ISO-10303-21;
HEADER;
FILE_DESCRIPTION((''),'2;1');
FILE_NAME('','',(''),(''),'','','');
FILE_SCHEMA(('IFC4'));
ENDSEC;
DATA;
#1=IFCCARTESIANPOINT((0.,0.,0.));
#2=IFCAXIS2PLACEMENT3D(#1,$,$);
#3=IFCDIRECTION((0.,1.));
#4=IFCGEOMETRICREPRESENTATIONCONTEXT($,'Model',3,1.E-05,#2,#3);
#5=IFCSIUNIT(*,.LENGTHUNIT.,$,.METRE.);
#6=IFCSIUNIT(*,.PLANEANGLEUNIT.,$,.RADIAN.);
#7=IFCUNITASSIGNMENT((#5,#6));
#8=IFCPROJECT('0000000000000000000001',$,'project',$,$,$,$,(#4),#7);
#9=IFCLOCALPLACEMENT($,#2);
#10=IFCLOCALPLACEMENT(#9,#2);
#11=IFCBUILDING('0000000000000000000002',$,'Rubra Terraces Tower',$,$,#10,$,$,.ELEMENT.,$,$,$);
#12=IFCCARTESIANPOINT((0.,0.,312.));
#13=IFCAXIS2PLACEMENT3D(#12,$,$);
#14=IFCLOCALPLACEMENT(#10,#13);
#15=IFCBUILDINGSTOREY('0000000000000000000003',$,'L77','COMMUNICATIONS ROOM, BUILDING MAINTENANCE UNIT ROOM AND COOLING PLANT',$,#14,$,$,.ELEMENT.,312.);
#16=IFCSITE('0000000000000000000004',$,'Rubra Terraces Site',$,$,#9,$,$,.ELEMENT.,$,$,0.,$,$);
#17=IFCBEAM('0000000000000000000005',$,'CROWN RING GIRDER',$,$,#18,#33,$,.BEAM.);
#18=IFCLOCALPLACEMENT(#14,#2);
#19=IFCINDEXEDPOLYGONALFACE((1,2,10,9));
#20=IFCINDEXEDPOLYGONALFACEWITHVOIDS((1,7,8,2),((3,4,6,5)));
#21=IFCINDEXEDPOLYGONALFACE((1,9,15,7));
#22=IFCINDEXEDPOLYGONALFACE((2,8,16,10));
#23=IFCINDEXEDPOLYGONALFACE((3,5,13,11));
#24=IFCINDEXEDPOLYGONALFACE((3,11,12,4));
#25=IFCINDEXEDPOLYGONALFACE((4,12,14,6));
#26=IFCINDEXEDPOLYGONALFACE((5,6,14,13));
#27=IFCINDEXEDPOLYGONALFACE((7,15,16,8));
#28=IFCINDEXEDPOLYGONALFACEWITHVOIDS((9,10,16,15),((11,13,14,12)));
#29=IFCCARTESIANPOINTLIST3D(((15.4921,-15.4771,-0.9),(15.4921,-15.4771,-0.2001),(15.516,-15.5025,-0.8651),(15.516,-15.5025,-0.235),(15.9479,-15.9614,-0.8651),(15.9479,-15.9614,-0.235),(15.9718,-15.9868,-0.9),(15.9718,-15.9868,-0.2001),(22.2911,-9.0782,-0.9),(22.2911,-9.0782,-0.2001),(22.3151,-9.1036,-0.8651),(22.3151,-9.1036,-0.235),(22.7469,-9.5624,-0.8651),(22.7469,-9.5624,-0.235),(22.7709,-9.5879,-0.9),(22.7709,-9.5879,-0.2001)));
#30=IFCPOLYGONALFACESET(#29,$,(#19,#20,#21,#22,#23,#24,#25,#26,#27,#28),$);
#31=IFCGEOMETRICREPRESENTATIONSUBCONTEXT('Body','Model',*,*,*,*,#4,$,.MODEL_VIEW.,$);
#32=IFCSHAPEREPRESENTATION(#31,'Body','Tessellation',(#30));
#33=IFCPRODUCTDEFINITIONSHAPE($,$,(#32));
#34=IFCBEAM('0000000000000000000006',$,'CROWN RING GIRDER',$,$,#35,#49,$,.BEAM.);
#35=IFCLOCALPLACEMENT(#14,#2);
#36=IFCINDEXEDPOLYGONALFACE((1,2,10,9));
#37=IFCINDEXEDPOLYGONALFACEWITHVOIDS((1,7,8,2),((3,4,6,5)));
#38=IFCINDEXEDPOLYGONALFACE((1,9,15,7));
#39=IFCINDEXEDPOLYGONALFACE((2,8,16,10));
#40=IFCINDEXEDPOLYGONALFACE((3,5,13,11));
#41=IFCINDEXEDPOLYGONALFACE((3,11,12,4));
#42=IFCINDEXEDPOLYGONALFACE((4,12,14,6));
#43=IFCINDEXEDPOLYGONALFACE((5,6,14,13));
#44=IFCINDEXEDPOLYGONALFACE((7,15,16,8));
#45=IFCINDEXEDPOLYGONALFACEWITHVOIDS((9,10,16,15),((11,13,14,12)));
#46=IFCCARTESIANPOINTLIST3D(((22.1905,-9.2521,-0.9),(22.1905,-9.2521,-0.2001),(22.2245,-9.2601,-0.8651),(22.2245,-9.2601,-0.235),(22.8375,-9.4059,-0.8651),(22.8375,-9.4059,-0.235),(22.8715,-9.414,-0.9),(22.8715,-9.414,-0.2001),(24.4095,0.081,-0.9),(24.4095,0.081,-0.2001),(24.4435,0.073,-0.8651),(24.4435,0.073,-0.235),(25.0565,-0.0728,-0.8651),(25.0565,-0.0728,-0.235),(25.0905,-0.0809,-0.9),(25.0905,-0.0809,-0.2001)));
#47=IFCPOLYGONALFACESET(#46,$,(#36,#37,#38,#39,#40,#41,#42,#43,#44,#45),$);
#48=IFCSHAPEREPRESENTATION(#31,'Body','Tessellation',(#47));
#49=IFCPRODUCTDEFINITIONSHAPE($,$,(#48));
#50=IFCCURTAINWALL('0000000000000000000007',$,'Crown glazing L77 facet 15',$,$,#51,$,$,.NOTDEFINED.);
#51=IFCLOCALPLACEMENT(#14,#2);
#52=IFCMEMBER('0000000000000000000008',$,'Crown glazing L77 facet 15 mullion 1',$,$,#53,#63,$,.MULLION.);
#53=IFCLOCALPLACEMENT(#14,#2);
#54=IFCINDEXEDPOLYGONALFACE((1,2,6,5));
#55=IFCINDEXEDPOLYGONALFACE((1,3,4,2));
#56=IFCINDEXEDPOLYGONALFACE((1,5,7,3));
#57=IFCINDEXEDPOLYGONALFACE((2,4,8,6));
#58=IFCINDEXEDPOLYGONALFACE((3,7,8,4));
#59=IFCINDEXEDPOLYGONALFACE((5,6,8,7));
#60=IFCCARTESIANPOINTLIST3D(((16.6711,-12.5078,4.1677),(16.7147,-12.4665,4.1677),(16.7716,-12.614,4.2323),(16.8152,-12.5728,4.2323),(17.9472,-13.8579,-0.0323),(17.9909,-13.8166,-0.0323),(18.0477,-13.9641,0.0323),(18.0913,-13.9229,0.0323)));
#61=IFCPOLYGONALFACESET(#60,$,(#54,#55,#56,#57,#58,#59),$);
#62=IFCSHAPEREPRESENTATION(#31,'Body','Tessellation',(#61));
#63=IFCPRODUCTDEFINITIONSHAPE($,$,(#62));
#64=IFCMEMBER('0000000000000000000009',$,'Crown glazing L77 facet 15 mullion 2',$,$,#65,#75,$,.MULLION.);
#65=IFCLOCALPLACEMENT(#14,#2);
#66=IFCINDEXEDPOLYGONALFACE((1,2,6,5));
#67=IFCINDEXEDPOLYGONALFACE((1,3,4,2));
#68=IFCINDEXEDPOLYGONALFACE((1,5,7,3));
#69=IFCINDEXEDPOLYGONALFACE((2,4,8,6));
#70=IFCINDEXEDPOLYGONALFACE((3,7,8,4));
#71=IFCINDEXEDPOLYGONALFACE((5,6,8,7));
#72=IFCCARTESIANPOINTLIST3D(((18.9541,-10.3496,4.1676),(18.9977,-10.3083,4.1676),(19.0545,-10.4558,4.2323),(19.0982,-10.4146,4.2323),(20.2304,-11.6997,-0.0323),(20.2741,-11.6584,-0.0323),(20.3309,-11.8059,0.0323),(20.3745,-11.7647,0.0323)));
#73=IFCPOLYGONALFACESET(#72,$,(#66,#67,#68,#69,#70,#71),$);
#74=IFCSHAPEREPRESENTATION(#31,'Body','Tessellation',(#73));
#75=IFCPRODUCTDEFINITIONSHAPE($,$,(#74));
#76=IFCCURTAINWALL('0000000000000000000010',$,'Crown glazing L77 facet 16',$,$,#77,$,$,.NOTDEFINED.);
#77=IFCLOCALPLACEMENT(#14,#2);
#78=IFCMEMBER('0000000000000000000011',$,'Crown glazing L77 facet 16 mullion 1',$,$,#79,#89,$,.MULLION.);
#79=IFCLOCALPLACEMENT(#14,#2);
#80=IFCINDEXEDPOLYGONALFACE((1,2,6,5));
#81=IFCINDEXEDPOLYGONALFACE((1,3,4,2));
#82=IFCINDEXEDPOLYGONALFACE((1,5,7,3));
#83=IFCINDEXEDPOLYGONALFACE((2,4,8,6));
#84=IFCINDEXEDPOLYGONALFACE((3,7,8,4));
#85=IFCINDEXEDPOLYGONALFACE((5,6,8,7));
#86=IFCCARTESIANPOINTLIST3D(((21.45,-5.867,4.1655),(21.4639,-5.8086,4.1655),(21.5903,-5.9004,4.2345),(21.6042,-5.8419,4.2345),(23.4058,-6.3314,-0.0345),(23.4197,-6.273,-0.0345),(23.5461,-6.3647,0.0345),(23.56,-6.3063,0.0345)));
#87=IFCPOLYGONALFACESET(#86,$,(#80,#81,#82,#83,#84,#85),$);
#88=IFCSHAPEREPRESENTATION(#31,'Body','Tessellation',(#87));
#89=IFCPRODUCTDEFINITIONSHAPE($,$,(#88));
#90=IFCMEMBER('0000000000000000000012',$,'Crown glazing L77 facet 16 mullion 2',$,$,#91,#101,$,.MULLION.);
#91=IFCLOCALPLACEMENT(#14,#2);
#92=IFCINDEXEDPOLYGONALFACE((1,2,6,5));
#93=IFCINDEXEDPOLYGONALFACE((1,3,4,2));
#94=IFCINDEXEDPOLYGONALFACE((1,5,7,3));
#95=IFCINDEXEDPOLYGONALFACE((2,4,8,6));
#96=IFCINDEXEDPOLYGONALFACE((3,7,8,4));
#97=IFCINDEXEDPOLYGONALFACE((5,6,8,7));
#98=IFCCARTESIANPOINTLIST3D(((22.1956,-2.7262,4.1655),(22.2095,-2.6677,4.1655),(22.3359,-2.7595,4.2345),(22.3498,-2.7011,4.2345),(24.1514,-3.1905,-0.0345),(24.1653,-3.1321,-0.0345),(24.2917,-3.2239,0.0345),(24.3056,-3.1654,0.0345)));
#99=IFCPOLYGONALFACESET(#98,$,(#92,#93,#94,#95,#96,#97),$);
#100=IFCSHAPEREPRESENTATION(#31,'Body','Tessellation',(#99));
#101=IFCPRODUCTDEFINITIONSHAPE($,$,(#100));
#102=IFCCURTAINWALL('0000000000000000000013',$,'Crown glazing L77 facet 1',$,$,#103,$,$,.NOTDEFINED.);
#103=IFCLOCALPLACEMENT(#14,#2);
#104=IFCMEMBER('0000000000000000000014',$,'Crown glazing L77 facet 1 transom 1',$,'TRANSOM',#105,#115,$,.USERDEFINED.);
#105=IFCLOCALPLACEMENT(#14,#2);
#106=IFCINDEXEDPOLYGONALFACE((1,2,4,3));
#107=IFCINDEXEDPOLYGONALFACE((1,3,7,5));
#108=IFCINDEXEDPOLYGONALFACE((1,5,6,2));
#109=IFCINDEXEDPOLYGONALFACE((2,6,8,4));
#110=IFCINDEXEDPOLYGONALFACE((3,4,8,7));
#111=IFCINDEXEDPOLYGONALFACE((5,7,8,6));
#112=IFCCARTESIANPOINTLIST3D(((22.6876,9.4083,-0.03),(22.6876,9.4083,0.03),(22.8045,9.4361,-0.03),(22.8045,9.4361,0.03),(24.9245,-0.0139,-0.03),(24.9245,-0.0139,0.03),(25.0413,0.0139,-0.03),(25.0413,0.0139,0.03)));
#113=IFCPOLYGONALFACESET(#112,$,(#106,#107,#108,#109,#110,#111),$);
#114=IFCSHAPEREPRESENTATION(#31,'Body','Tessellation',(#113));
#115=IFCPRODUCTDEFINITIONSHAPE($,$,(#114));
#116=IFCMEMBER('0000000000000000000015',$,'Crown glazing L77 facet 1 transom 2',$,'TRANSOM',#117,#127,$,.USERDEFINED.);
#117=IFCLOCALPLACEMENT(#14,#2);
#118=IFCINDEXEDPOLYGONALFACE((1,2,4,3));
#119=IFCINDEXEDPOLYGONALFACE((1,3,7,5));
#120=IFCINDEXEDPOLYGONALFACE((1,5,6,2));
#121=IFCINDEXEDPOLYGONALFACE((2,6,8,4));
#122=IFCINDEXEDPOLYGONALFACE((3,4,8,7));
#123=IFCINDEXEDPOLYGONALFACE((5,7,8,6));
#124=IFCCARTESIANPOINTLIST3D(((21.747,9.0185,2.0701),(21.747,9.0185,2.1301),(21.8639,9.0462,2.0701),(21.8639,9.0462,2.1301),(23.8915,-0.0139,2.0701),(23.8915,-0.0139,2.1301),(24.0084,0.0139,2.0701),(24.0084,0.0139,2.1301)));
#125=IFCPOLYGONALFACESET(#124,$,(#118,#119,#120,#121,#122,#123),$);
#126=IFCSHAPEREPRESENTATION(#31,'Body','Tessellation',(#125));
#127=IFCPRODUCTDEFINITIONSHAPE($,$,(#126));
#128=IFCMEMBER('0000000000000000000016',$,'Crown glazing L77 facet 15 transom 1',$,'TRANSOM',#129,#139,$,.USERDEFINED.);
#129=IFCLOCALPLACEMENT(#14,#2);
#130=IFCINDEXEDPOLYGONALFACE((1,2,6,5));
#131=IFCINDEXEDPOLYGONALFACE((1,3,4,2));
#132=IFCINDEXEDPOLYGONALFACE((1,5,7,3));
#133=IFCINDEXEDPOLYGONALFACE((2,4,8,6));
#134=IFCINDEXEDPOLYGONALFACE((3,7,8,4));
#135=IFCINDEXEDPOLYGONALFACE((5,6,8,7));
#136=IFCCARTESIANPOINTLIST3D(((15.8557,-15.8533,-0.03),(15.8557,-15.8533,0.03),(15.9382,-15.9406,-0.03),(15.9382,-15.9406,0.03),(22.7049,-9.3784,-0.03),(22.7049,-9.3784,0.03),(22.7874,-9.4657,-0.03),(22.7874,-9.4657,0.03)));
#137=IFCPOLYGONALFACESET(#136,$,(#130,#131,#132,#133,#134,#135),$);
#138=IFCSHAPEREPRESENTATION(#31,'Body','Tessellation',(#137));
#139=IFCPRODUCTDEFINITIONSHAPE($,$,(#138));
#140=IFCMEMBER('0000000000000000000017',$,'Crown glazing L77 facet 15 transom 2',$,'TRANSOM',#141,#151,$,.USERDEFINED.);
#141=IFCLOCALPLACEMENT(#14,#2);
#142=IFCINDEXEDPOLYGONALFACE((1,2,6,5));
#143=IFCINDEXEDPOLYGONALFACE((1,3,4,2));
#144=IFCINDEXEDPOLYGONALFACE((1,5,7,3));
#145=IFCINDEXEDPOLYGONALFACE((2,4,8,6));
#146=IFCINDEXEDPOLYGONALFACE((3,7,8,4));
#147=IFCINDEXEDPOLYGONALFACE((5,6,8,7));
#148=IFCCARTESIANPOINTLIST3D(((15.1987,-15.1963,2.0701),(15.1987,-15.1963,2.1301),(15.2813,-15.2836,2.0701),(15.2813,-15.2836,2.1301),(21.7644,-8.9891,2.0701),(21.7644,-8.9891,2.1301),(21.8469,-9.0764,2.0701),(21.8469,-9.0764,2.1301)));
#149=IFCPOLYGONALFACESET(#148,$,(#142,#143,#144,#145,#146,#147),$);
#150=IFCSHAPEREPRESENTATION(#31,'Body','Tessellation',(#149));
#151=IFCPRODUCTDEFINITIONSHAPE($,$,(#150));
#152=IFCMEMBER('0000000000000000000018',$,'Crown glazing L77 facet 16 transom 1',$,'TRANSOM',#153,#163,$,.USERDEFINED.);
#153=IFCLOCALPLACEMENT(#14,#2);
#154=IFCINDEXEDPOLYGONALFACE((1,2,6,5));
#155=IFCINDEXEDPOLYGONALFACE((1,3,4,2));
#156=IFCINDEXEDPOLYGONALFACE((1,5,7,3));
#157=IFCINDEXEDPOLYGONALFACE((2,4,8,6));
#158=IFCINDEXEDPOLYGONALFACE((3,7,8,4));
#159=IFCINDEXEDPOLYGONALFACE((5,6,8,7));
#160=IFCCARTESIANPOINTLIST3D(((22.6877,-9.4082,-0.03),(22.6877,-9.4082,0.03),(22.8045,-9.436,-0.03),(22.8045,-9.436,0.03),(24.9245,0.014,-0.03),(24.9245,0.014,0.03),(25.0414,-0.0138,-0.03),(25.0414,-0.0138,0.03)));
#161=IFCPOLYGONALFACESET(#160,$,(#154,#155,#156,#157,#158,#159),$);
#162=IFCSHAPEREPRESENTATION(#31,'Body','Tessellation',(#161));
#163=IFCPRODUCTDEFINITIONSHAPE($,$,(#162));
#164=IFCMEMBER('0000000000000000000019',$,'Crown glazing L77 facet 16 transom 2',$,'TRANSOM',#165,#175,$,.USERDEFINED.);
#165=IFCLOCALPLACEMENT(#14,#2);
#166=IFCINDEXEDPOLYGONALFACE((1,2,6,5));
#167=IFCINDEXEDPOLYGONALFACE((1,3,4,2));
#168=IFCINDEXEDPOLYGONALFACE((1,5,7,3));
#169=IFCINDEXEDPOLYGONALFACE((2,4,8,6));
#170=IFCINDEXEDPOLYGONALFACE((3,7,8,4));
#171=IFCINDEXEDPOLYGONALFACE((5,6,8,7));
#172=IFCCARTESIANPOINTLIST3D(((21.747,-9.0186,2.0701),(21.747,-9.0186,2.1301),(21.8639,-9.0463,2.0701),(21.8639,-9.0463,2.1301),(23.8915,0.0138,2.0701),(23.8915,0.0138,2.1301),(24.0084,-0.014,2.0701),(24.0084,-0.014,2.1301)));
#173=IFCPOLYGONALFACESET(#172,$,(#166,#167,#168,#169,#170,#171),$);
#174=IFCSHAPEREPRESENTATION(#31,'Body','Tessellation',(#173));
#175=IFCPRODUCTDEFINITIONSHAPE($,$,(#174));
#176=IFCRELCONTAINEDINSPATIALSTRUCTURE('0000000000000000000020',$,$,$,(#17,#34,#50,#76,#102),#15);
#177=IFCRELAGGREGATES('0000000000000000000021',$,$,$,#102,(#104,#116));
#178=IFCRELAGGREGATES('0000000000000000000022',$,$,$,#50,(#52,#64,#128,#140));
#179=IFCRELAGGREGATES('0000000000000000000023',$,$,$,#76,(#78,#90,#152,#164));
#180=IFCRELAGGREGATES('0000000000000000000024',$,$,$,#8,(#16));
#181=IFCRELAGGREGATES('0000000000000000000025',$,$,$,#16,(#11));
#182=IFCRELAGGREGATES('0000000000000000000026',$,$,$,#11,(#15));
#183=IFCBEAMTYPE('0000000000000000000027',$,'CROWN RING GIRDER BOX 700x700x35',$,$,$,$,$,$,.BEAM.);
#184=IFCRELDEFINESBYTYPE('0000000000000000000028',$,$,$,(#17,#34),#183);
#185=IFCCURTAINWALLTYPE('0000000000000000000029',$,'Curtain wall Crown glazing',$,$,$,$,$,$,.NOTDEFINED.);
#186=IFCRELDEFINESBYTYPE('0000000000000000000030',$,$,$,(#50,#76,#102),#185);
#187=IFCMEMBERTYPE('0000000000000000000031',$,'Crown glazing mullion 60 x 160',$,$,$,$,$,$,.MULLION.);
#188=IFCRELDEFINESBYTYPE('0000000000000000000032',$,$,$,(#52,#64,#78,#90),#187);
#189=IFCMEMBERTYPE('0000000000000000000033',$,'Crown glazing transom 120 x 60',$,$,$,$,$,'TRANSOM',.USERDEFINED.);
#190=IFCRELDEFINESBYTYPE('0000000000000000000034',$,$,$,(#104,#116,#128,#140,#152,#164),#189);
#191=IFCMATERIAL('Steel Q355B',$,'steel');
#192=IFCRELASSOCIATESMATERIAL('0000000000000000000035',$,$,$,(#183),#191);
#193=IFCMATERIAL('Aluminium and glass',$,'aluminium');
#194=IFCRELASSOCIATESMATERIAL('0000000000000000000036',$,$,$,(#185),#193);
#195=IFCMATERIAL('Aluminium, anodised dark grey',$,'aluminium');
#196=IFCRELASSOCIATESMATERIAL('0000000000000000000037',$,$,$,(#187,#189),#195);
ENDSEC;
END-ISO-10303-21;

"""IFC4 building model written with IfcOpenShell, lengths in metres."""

from ifc_helpers import new_model, si_unit, direction, frame, origin, origin_2d, place, context, subcontext, project, spatial, rectangle, hollow_rectangle, extrude, material, material_profile, profile_set, type_object, element, aggregate, save


model = new_model("IFC4")

# Units and contexts
model_context = context("Model", 3, precision=1e-05, world=origin(), true_north=direction((0.0, 1.0)))
body_context = subcontext(model_context, "Body", "Model", "MODEL_VIEW")
ifc_project = project(units=[si_unit("LENGTHUNIT", "METRE"), si_unit("PLANEANGLEUNIT", "RADIAN")], contexts=[model_context])

# Site, building, storey
site_placement = place(None, origin())
site = spatial("IfcSite", under=ifc_project, at=site_placement, Name="Rubra Terraces Site", CompositionType="ELEMENT", RefElevation=0.0)
building_placement = place(site_placement, origin())
building = spatial("IfcBuilding", under=site, at=building_placement, Name="Rubra Terraces Tower", CompositionType="ELEMENT")
storey_placement = place(building_placement, frame((0.0, 0.0, 312.0)))
storey = spatial("IfcBuildingStorey", under=building, at=storey_placement, Name="L77", Description="COMMUNICATIONS ROOM, BUILDING MAINTENANCE UNIT ROOM AND COOLING PLANT", CompositionType="ELEMENT", Elevation=312.0)

# Shared definitions
ifc_material_1 = material(Name="Steel Q355B", Category="steel")

# Beams
ifc_material_profile_1 = material_profile(ifc_material_1, hollow_rectangle(XDim=0.7, YDim=0.7, WallThickness=0.0349, at=origin_2d()), Name="BOX 700x700x35")
ifc_profile_set_1 = profile_set([ifc_material_profile_1], Name="Steel Q355B")
beam_type_1 = type_object("IfcBeamType", Name="CROWN RING GIRDER BOX 700x700x35", PredefinedType="BEAM", material=ifc_profile_set_1)
beam_1_placement = place(storey_placement, frame((15.7319, -15.7319, -0.55), z_axis=(0.728211, 0.685353, 0.0), x_axis=(-0.685353, 0.728211, 0.0)))
element("IfcBeam", 1, at=beam_1_placement, inside=storey, type_object=beam_type_1, Name="CROWN RING GIRDER", PredefinedType="BEAM", context=body_context, shape_type="SweptSolid", body=[
    extrude(hollow_rectangle(XDim=0.7, YDim=0.7, WallThickness=0.0349, at=origin_2d()), origin(), (0.0, 0.0, 1.0), 9.3367),
])
beam_2_placement = place(storey_placement, frame((22.531, -9.333, -0.55), z_axis=(0.23131, 0.97288, 0.0), x_axis=(-0.97288, 0.23131, 0.0)))
element("IfcBeam", 2, at=beam_2_placement, inside=storey, type_object=beam_type_1, Name="CROWN RING GIRDER", PredefinedType="BEAM", context=body_context, shape_type="SweptSolid", body=[
    extrude(hollow_rectangle(XDim=0.7, YDim=0.7, WallThickness=0.0349, at=origin_2d()), origin(), (0.0, 0.0, 1.0), 9.5933),
])

# Curtain walls, members
ifc_material_2 = material(Name="Aluminium and glass", Category="aluminium")
curtain_wall_type = type_object("IfcCurtainWallType", Name="Curtain wall Crown glazing", PredefinedType="NOTDEFINED", material=ifc_material_2)
curtain_wall_1_placement = place(storey_placement, origin())
curtain_wall_1 = element("IfcCurtainWall", 3, at=curtain_wall_1_placement, inside=storey, type_object=curtain_wall_type, Name="Crown glazing L77 facet 15", PredefinedType="NOTDEFINED")
ifc_material_3 = material(Name="Aluminium, anodised dark grey", Category="aluminium")
ifc_material_profile_2 = material_profile(ifc_material_3, rectangle(XDim=0.0601, YDim=0.1599, at=origin_2d()), Name="AL 60x160")
ifc_profile_set_2 = profile_set([ifc_material_profile_2], Name="Aluminium, anodised dark grey")
member_type_1 = type_object("IfcMemberType", Name="Crown glazing mullion 60 x 160", PredefinedType="MULLION", material=ifc_profile_set_2)
member_1_placement = place(storey_placement, frame((18.0193, -13.8904, 0.0), z_axis=(-0.277873, 0.29398, 0.914529), x_axis=(-0.726736, -0.686917, 0.0)))
member_1 = element("IfcMember", 4, at=member_1_placement, type_object=member_type_1, Name="Crown glazing L77 facet 15 mullion 1", PredefinedType="MULLION", context=body_context, shape_type="SweptSolid", body=[
    extrude(rectangle(XDim=0.0601, YDim=0.1599, at=origin_2d()), origin(), (0.0, 0.0, 1.0), 4.5925),
])
member_2_placement = place(storey_placement, frame((20.3025, -11.7322, 0.0), z_axis=(-0.277922, 0.293976, 0.914515), x_axis=(-0.726671, -0.686986, 0.0)))
member_2 = element("IfcMember", 5, at=member_2_placement, type_object=member_type_1, Name="Crown glazing L77 facet 15 mullion 2", PredefinedType="MULLION", context=body_context, shape_type="SweptSolid", body=[
    extrude(rectangle(XDim=0.0601, YDim=0.1599, at=origin_2d()), origin(), (0.0, 0.0, 1.0), 4.5925),
])
curtain_wall_2_placement = place(storey_placement, origin())
curtain_wall_2 = element("IfcCurtainWall", 6, at=curtain_wall_2_placement, inside=storey, type_object=curtain_wall_type, Name="Crown glazing L77 facet 16", PredefinedType="NOTDEFINED")
member_3_placement = place(storey_placement, frame((23.4829, -6.3188, 0.0), z_axis=(-0.420042, 0.099728, 0.902008), x_axis=(-0.231002, -0.972953, 0.0)))
member_3 = element("IfcMember", 7, at=member_3_placement, type_object=member_type_1, Name="Crown glazing L77 facet 16 mullion 1", PredefinedType="MULLION", context=body_context, shape_type="SweptSolid", body=[
    extrude(rectangle(XDim=0.0601, YDim=0.1599, at=origin_2d()), origin(), (0.0, 0.0, 1.0), 4.6562),
])
member_4_placement = place(storey_placement, frame((24.2285, -3.178, 0.0), z_axis=(-0.420042, 0.099728, 0.902008), x_axis=(-0.231002, -0.972953, 0.0)))
member_4 = element("IfcMember", 8, at=member_4_placement, type_object=member_type_1, Name="Crown glazing L77 facet 16 mullion 2", PredefinedType="MULLION", context=body_context, shape_type="SweptSolid", body=[
    extrude(rectangle(XDim=0.0601, YDim=0.1599, at=origin_2d()), origin(), (0.0, 0.0, 1.0), 4.6562),
])
curtain_wall_3_placement = place(storey_placement, origin())
curtain_wall_3 = element("IfcCurtainWall", 9, at=curtain_wall_3_placement, inside=storey, type_object=curtain_wall_type, Name="Crown glazing L77 facet 1", PredefinedType="NOTDEFINED")
ifc_material_profile_3 = material_profile(ifc_material_3, rectangle(XDim=0.1201, YDim=0.0601, at=origin_2d()), Name="AL 120x60")
ifc_profile_set_3 = profile_set([ifc_material_profile_3], Name="Aluminium, anodised dark grey")
member_type_2 = type_object("IfcMemberType", Name="Crown glazing transom 120 x 60", ElementType="TRANSOM", PredefinedType="USERDEFINED", material=ifc_profile_set_3)
member_5_placement = place(storey_placement, frame((24.9829, 0.0, 0.0), z_axis=(-0.230981, 0.972958, 0.0), x_axis=(-0.972958, -0.230981, 0.0)))
member_5 = element("IfcMember", 10, at=member_5_placement, type_object=member_type_2, Name="Crown glazing L77 facet 1 transom 1", ObjectType="TRANSOM", PredefinedType="USERDEFINED", context=body_context, shape_type="SweptSolid", body=[
    extrude(rectangle(XDim=0.1201, YDim=0.0601, at=origin_2d()), origin(), (0.0, 0.0, 1.0), 9.6841),
])
member_6_placement = place(storey_placement, frame((23.95, 0.0, 2.1001), z_axis=(-0.231003, 0.972953, 0.0), x_axis=(-0.972953, -0.231003, 0.0)))
member_6 = element("IfcMember", 11, at=member_6_placement, type_object=member_type_2, Name="Crown glazing L77 facet 1 transom 2", ObjectType="TRANSOM", PredefinedType="USERDEFINED", context=body_context, shape_type="SweptSolid", body=[
    extrude(rectangle(XDim=0.1201, YDim=0.0601, at=origin_2d()), origin(), (0.0, 0.0, 1.0), 9.2834),
])
aggregate(curtain_wall_3, [member_5, member_6])

# Members
member_7_placement = place(storey_placement, frame((15.897, -15.897, 0.0), z_axis=(0.726683, 0.686973, 0.0), x_axis=(-0.686973, 0.726683, 0.0)))
member_7 = element("IfcMember", 12, at=member_7_placement, type_object=member_type_2, Name="Crown glazing L77 facet 15 transom 1", ObjectType="TRANSOM", PredefinedType="USERDEFINED", context=body_context, shape_type="SweptSolid", body=[
    extrude(rectangle(XDim=0.1201, YDim=0.0601, at=origin_2d()), origin(), (0.0, 0.0, 1.0), 9.4253),
])
member_8_placement = place(storey_placement, frame((15.24, -15.24, 2.1001), z_axis=(0.726662, 0.686996, 0.0), x_axis=(-0.686996, 0.726662, 0.0)))
member_8 = element("IfcMember", 13, at=member_8_placement, type_object=member_type_2, Name="Crown glazing L77 facet 15 transom 2", ObjectType="TRANSOM", PredefinedType="USERDEFINED", context=body_context, shape_type="SweptSolid", body=[
    extrude(rectangle(XDim=0.1201, YDim=0.0601, at=origin_2d()), origin(), (0.0, 0.0, 1.0), 9.0354),
])
member_9_placement = place(storey_placement, frame((22.7461, -9.4221, 0.0), z_axis=(0.230981, 0.972958, 0.0), x_axis=(-0.972958, 0.230981, 0.0)))
member_9 = element("IfcMember", 14, at=member_9_placement, type_object=member_type_2, Name="Crown glazing L77 facet 16 transom 1", ObjectType="TRANSOM", PredefinedType="USERDEFINED", context=body_context, shape_type="SweptSolid", body=[
    extrude(rectangle(XDim=0.1201, YDim=0.0601, at=origin_2d()), origin(), (0.0, 0.0, 1.0), 9.6841),
])
member_10_placement = place(storey_placement, frame((21.8054, -9.0325, 2.1001), z_axis=(0.231003, 0.972953, 0.0), x_axis=(-0.972953, 0.231003, 0.0)))
member_10 = element("IfcMember", 15, at=member_10_placement, type_object=member_type_2, Name="Crown glazing L77 facet 16 transom 2", ObjectType="TRANSOM", PredefinedType="USERDEFINED", context=body_context, shape_type="SweptSolid", body=[
    extrude(rectangle(XDim=0.1201, YDim=0.0601, at=origin_2d()), origin(), (0.0, 0.0, 1.0), 9.2834),
])

aggregate(curtain_wall_1, [member_1, member_2, member_7, member_8])
aggregate(curtain_wall_2, [member_3, member_4, member_9, member_10])

save(model, "model.ifc")
